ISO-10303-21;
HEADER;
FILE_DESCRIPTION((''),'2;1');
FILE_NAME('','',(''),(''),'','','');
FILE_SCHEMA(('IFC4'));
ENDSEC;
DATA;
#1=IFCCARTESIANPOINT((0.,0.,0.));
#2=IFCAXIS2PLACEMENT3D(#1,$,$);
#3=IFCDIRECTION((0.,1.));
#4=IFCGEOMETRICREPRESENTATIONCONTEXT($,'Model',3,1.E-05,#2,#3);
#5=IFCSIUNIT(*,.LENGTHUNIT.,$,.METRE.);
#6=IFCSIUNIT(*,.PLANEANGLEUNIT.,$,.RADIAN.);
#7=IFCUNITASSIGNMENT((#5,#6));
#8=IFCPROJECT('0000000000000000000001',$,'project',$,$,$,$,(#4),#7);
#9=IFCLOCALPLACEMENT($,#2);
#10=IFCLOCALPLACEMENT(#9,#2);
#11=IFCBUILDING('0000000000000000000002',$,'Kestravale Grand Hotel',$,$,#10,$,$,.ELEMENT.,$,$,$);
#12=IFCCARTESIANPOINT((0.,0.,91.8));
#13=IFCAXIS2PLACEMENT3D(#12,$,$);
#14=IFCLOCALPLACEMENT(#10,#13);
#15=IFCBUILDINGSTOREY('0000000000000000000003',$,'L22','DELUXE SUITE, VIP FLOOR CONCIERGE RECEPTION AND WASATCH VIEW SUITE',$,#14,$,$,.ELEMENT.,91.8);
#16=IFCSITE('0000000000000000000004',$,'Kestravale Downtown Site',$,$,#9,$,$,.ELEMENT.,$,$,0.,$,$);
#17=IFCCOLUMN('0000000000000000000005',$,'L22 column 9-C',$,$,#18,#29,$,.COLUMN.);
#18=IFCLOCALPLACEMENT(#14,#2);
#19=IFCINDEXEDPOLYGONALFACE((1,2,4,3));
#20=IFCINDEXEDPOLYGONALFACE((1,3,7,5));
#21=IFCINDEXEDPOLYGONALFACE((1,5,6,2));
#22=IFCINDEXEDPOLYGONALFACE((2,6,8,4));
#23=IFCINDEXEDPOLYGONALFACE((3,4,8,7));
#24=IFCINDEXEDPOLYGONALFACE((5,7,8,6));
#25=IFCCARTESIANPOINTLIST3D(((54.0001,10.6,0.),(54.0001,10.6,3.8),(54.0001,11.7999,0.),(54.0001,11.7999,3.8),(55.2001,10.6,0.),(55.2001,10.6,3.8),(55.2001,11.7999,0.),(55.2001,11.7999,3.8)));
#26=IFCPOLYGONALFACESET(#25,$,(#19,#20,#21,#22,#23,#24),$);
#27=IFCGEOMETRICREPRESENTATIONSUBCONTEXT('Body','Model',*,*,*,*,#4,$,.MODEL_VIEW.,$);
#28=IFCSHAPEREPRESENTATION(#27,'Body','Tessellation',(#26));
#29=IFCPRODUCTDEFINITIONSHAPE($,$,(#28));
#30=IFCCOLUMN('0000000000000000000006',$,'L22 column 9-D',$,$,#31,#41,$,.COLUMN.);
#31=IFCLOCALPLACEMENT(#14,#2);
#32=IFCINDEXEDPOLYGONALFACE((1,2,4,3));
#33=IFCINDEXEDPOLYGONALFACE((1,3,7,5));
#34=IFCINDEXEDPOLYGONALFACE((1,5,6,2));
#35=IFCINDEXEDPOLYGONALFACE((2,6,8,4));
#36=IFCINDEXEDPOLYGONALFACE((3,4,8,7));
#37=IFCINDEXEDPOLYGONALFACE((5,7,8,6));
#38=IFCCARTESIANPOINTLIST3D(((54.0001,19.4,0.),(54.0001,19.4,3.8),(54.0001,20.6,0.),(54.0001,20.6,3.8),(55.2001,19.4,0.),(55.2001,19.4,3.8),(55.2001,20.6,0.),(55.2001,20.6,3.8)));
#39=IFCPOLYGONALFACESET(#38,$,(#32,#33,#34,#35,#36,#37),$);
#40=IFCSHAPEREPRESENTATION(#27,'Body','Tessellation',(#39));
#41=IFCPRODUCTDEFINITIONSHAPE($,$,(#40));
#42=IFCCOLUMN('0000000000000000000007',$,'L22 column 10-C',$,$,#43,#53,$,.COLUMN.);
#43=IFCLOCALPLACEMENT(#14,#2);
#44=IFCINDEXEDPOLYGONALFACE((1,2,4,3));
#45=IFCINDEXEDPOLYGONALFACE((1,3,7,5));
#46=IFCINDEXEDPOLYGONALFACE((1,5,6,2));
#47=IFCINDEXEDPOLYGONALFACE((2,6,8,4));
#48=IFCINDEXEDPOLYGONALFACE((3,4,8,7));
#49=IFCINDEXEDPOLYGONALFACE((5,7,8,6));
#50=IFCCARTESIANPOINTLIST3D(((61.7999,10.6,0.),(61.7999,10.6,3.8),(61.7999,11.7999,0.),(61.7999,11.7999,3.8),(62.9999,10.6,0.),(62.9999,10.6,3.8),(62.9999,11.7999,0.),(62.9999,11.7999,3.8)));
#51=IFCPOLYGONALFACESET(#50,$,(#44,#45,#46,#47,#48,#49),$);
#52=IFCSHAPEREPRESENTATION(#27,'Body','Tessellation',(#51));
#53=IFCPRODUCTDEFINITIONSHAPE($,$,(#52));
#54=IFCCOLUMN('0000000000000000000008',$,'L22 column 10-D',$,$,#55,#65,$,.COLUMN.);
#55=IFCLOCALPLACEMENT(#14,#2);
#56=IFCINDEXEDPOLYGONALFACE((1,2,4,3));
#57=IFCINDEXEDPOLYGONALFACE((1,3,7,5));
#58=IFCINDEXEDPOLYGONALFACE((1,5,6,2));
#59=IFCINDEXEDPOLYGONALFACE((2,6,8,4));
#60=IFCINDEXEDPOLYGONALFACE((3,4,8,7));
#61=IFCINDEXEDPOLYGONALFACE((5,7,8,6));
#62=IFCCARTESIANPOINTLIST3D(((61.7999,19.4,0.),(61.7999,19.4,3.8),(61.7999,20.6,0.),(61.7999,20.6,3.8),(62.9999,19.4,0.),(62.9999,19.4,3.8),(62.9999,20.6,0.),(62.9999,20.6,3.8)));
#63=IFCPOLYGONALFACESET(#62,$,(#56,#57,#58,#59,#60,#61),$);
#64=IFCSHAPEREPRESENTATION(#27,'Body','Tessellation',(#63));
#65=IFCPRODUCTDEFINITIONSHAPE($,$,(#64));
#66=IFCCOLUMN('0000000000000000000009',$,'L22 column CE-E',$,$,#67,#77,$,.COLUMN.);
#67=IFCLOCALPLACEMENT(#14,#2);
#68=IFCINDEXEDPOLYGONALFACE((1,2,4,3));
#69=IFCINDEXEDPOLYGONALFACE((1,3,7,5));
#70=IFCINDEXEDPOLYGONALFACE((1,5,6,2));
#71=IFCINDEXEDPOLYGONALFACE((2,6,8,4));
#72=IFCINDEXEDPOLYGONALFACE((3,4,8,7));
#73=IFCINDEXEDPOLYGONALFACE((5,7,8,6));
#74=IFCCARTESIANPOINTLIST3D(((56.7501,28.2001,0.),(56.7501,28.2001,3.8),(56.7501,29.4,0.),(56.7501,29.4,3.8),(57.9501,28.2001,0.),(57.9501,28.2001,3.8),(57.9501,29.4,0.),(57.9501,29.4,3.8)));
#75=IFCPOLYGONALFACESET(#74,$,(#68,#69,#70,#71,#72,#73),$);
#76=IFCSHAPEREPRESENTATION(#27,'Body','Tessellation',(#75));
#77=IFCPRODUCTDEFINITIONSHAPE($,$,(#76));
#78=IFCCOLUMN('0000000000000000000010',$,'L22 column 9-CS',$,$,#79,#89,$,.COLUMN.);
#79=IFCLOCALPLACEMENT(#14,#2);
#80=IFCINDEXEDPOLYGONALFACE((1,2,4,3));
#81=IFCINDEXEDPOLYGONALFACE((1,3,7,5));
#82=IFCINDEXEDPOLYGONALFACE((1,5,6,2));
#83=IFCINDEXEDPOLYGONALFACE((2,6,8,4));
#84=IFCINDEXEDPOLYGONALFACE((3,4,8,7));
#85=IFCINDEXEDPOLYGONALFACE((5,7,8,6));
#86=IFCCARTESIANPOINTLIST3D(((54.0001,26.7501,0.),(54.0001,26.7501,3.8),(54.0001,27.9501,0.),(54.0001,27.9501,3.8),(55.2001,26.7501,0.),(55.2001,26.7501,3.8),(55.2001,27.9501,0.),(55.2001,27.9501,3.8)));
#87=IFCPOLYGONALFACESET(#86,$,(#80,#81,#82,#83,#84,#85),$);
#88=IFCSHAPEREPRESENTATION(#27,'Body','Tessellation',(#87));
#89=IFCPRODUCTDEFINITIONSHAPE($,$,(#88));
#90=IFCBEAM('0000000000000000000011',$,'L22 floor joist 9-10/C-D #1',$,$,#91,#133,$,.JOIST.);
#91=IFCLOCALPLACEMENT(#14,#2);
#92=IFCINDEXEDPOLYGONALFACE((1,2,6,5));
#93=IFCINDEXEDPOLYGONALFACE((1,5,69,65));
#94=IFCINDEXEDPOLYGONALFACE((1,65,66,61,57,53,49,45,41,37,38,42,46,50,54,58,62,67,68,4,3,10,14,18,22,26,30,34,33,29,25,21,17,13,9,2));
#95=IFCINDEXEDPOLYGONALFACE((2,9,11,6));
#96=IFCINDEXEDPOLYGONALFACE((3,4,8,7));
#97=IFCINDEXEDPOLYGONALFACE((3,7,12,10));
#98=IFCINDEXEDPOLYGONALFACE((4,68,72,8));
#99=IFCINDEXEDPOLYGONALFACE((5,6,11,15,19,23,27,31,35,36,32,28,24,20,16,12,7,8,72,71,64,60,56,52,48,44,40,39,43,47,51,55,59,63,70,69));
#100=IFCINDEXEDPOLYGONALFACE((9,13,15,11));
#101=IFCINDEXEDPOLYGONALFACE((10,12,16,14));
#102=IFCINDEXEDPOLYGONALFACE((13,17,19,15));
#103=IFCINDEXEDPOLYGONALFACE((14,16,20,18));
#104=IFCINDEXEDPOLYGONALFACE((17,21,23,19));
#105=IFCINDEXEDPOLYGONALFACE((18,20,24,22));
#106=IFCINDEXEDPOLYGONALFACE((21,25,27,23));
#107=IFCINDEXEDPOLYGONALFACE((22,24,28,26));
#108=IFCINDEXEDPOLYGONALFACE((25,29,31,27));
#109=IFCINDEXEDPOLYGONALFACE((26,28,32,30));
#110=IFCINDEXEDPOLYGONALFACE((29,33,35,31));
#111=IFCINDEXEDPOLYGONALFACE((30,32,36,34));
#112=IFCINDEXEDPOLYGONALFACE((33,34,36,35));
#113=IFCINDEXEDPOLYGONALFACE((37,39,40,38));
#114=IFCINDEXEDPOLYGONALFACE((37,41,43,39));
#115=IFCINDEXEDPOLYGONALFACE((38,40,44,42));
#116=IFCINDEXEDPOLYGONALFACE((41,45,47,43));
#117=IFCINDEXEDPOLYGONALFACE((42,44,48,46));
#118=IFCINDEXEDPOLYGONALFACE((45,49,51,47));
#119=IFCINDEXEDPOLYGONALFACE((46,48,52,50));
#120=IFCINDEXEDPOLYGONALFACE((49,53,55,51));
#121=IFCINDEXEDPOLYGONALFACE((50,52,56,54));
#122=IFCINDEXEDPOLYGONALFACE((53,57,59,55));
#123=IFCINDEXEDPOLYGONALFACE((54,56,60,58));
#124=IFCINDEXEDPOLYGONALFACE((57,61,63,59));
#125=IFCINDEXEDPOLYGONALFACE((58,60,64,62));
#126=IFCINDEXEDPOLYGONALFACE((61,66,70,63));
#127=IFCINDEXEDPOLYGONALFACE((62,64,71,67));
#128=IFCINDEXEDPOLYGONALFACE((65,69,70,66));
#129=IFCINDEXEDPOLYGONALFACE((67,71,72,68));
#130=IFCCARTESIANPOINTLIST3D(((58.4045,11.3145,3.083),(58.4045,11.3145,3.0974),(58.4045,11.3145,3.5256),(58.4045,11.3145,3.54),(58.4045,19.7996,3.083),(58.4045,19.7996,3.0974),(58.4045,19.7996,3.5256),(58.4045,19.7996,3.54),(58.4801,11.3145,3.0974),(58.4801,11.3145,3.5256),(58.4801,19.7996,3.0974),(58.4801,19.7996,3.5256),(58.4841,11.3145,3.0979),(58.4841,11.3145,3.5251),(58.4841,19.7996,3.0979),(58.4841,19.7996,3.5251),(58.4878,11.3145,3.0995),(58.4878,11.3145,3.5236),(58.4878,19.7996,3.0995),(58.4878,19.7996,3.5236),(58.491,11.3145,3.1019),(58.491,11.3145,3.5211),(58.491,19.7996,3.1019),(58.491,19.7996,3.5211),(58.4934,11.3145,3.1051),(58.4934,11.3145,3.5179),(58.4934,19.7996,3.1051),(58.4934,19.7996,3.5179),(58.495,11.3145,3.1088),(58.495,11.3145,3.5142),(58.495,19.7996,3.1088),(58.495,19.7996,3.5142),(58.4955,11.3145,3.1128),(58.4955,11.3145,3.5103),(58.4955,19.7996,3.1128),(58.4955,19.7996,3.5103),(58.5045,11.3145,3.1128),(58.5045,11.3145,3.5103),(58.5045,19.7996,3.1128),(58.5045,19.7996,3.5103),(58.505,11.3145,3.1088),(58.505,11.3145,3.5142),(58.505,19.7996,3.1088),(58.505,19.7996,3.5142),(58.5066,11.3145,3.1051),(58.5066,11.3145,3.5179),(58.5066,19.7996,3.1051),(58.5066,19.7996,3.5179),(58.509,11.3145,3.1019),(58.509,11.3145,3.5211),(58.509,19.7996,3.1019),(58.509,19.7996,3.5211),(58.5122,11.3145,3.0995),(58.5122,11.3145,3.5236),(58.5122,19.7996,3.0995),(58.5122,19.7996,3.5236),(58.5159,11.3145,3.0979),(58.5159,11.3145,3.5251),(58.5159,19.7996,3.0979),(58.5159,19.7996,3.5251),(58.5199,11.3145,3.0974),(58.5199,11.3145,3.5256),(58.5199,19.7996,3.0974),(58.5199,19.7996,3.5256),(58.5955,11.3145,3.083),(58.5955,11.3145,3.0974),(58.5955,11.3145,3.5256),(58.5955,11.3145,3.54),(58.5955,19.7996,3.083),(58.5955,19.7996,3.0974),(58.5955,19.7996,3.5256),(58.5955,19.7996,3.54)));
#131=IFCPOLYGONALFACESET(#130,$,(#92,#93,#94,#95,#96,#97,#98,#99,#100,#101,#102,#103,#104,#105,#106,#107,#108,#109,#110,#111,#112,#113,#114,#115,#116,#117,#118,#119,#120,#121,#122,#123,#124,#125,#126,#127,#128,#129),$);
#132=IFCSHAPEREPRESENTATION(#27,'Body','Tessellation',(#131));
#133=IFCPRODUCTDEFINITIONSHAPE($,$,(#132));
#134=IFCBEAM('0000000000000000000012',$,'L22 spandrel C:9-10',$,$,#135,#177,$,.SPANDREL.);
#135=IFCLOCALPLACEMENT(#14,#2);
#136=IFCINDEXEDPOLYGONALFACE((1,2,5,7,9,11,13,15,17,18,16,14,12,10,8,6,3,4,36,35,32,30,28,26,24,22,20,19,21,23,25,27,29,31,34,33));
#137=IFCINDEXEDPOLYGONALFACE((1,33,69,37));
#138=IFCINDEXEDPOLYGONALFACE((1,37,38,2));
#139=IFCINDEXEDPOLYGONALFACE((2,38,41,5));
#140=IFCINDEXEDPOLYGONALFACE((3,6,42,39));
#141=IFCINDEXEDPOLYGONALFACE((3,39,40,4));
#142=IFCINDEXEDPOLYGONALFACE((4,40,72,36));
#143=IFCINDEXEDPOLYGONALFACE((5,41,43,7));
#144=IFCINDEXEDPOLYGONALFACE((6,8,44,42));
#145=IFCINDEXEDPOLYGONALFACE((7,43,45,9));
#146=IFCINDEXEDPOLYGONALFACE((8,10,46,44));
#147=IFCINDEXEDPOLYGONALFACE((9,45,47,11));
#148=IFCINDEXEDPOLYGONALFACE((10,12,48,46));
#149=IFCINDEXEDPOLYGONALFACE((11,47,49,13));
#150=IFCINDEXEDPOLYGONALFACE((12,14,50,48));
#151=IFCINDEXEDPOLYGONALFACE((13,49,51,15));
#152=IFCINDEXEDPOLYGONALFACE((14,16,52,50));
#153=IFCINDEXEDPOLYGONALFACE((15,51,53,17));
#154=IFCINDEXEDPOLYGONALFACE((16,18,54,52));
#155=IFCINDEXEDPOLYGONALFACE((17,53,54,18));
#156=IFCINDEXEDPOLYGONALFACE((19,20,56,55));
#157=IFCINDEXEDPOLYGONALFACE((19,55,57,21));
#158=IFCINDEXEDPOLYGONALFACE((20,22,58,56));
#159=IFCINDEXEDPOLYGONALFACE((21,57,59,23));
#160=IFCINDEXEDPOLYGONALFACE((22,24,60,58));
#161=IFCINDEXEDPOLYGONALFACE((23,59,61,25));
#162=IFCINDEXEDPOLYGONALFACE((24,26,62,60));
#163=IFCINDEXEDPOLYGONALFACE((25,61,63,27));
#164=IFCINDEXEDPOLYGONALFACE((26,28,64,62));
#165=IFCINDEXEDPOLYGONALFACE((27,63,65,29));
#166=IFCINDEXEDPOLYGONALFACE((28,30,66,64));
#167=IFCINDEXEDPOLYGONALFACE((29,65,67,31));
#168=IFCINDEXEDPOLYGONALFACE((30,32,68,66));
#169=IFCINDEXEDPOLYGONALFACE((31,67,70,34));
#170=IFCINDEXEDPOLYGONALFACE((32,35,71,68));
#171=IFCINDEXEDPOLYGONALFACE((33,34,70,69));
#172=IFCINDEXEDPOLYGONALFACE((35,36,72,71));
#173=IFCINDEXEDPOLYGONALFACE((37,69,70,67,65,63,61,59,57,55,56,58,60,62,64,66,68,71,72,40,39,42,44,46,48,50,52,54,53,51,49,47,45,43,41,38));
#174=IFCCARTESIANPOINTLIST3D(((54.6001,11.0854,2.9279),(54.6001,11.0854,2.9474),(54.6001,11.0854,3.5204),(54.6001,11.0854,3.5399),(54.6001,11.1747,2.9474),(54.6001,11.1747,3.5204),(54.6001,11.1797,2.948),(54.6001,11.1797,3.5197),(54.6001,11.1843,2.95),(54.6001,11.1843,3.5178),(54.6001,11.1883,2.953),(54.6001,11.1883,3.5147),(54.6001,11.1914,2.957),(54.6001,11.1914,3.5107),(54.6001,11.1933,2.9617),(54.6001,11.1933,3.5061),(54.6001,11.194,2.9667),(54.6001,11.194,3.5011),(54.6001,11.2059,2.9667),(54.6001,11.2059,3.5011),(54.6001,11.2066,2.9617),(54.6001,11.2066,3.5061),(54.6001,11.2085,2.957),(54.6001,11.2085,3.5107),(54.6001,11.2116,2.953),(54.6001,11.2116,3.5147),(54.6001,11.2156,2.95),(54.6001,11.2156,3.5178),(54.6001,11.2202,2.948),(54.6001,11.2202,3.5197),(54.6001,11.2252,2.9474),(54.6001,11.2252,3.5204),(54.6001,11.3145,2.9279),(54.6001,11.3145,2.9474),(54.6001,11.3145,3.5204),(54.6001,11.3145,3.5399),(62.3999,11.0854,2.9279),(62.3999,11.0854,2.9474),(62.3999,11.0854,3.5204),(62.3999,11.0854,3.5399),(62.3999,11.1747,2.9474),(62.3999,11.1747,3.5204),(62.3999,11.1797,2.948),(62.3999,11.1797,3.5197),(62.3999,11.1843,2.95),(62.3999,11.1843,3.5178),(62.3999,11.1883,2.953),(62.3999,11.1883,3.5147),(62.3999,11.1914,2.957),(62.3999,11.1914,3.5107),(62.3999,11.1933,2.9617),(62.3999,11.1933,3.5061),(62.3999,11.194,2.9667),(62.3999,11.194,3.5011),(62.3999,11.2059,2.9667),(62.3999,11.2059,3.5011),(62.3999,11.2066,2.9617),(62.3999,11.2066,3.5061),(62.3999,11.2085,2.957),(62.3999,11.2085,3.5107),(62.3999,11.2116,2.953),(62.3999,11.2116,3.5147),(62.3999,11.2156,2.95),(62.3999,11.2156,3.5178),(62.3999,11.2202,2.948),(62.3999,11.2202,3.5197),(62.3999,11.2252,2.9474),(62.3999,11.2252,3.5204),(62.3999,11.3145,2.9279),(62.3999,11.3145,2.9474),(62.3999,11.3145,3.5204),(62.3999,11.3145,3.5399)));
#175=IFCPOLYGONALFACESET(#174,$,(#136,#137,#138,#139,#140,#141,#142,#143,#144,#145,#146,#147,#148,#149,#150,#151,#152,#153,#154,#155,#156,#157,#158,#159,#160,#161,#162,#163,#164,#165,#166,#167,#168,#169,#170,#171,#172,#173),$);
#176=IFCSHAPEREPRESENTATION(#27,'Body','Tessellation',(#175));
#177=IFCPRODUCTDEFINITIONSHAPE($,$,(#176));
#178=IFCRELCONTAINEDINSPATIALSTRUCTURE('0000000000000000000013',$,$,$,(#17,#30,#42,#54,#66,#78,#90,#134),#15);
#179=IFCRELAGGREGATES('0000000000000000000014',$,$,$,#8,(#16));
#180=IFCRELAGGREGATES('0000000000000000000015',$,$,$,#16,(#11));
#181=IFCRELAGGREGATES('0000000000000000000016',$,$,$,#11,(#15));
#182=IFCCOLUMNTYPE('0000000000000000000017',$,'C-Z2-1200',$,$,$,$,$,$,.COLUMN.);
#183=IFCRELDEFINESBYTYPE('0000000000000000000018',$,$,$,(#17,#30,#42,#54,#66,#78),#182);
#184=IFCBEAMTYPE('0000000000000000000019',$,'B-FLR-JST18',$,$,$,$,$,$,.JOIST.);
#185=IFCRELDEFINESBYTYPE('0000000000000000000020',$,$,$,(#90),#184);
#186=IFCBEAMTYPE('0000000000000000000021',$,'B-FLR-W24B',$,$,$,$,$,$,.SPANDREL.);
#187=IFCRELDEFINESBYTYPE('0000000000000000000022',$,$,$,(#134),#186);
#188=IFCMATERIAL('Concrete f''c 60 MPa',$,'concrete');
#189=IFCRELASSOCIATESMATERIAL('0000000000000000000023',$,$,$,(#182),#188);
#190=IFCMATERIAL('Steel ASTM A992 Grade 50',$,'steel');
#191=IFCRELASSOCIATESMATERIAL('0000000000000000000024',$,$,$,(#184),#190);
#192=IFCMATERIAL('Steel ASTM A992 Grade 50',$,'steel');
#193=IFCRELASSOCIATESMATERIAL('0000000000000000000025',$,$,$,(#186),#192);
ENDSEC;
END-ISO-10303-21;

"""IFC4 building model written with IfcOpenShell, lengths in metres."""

from ifc_helpers import new_model, si_unit, direction, frame, origin, origin_2d, place, context, subcontext, project, spatial, rectangle, i_section, extrude, material, material_profile, profile_set, type_object, element, save


model = new_model("IFC4")

# Units and contexts
model_context = context("Model", 3, precision=1e-05, world=origin(), true_north=direction((0.0, 1.0)))
body_context = subcontext(model_context, "Body", "Model", "MODEL_VIEW")
ifc_project = project(units=[si_unit("LENGTHUNIT", "METRE"), si_unit("PLANEANGLEUNIT", "RADIAN")], contexts=[model_context])

# Site, building, storey
site_placement = place(None, origin())
site = spatial("IfcSite", under=ifc_project, at=site_placement, Name="Kestravale Downtown Site", CompositionType="ELEMENT", RefElevation=0.0)
building_placement = place(site_placement, origin())
building = spatial("IfcBuilding", under=site, at=building_placement, Name="Kestravale Grand Hotel", CompositionType="ELEMENT")
storey_placement = place(building_placement, frame((0.0, 0.0, 91.8)))
storey = spatial("IfcBuildingStorey", under=building, at=storey_placement, Name="L22", Description="DELUXE SUITE, VIP FLOOR CONCIERGE RECEPTION AND WASATCH VIEW SUITE", CompositionType="ELEMENT", Elevation=91.8)

# Columns
ifc_material_1 = material(Name="Concrete f'c 60 MPa", Category="concrete")
ifc_material_profile_1 = material_profile(ifc_material_1, rectangle(XDim=1.2, YDim=1.2, at=origin_2d()))
ifc_profile_set_1 = profile_set([ifc_material_profile_1], Name="Concrete f'c 60 MPa")
column_type = type_object("IfcColumnType", Name="C-Z2-1200", PredefinedType="COLUMN", material=ifc_profile_set_1)
for number, where, z_axis, x_axis, name in (
    (1, (54.6001, 11.2, 0.0), (0.0, 0.0, 1.0), (1.0, 0.0, 0.0), "L22 column 9-C"),
    (2, (54.6001, 20.0, 0.0), (0.0, 0.0, 1.0), (1.0, 0.0, 0.0), "L22 column 9-D"),
    (3, (62.3999, 11.2, 0.0), (0.0, 0.0, 1.0), (1.0, 0.0, 0.0), "L22 column 10-C"),
    (4, (62.3999, 20.0, 0.0), (0.0, 0.0, 1.0), (1.0, 0.0, 0.0), "L22 column 10-D"),
    (5, (57.3501, 28.8, 0.0), (0.0, 0.0, 1.0), (1.0, 0.0, 0.0), "L22 column CE-E"),
    (6, (54.6001, 27.3501, 0.0), (0.0, 0.0, 1.0), (1.0, 0.0, 0.0), "L22 column 9-CS"),
):
    element("IfcColumn", number, at=place(storey_placement, frame(where, z_axis=z_axis, x_axis=x_axis)), inside=storey, type_object=column_type, Name=name, PredefinedType="COLUMN", context=body_context, shape_type="SweptSolid", body=[
        extrude(rectangle(XDim=1.2, YDim=1.2, at=origin_2d()), origin(), (0.0, 0.0, 1.0), 3.8),
    ])

# Beams
ifc_material_2 = material(Name="Steel ASTM A992 Grade 50", Category="steel")
ifc_material_profile_2 = material_profile(ifc_material_2, i_section(OverallWidth=0.1909, OverallDepth=0.457, WebThickness=0.009, FlangeThickness=0.0144, FilletRadius=0.0154, at=origin_2d()))
ifc_profile_set_2 = profile_set([ifc_material_profile_2], Name="Steel ASTM A992 Grade 50")
beam_type_1 = type_object("IfcBeamType", Name="B-FLR-JST18", PredefinedType="JOIST", material=ifc_profile_set_2)
beam_1_placement = place(storey_placement, frame((58.5, 11.3145, 3.3115), z_axis=(0.0, 1.0, 0.0), x_axis=(-1.0, 0.0, 0.0)))
element("IfcBeam", 7, at=beam_1_placement, inside=storey, type_object=beam_type_1, Name="L22 floor joist 9-10/C-D #1", PredefinedType="JOIST", context=body_context, shape_type="SweptSolid", body=[
    extrude(i_section(OverallWidth=0.1909, OverallDepth=0.457, WebThickness=0.009, FlangeThickness=0.0144, FilletRadius=0.0154, at=origin_2d()), origin(), (0.0, 0.0, 1.0), 8.4851),
])
ifc_material_3 = material(Name="Steel ASTM A992 Grade 50", Category="steel")
ifc_material_profile_3 = material_profile(ifc_material_3, i_section(OverallWidth=0.229, OverallDepth=0.6121, WebThickness=0.012, FlangeThickness=0.0195, FilletRadius=0.0193, at=origin_2d()))
ifc_profile_set_3 = profile_set([ifc_material_profile_3], Name="Steel ASTM A992 Grade 50")
beam_type_2 = type_object("IfcBeamType", Name="B-FLR-W24B", PredefinedType="SPANDREL", material=ifc_profile_set_3)
beam_2_placement = place(storey_placement, frame((54.6001, 11.2, 3.2339), z_axis=(1.0, 0.0, 0.0), x_axis=(0.0, 1.0, 0.0)))
element("IfcBeam", 8, at=beam_2_placement, inside=storey, type_object=beam_type_2, Name="L22 spandrel C:9-10", PredefinedType="SPANDREL", context=body_context, shape_type="SweptSolid", body=[
    extrude(i_section(OverallWidth=0.229, OverallDepth=0.6121, WebThickness=0.012, FlangeThickness=0.0195, FilletRadius=0.0193, at=origin_2d()), origin(), (0.0, 0.0, 1.0), 7.7998),
])

save(model, "model.ifc")
